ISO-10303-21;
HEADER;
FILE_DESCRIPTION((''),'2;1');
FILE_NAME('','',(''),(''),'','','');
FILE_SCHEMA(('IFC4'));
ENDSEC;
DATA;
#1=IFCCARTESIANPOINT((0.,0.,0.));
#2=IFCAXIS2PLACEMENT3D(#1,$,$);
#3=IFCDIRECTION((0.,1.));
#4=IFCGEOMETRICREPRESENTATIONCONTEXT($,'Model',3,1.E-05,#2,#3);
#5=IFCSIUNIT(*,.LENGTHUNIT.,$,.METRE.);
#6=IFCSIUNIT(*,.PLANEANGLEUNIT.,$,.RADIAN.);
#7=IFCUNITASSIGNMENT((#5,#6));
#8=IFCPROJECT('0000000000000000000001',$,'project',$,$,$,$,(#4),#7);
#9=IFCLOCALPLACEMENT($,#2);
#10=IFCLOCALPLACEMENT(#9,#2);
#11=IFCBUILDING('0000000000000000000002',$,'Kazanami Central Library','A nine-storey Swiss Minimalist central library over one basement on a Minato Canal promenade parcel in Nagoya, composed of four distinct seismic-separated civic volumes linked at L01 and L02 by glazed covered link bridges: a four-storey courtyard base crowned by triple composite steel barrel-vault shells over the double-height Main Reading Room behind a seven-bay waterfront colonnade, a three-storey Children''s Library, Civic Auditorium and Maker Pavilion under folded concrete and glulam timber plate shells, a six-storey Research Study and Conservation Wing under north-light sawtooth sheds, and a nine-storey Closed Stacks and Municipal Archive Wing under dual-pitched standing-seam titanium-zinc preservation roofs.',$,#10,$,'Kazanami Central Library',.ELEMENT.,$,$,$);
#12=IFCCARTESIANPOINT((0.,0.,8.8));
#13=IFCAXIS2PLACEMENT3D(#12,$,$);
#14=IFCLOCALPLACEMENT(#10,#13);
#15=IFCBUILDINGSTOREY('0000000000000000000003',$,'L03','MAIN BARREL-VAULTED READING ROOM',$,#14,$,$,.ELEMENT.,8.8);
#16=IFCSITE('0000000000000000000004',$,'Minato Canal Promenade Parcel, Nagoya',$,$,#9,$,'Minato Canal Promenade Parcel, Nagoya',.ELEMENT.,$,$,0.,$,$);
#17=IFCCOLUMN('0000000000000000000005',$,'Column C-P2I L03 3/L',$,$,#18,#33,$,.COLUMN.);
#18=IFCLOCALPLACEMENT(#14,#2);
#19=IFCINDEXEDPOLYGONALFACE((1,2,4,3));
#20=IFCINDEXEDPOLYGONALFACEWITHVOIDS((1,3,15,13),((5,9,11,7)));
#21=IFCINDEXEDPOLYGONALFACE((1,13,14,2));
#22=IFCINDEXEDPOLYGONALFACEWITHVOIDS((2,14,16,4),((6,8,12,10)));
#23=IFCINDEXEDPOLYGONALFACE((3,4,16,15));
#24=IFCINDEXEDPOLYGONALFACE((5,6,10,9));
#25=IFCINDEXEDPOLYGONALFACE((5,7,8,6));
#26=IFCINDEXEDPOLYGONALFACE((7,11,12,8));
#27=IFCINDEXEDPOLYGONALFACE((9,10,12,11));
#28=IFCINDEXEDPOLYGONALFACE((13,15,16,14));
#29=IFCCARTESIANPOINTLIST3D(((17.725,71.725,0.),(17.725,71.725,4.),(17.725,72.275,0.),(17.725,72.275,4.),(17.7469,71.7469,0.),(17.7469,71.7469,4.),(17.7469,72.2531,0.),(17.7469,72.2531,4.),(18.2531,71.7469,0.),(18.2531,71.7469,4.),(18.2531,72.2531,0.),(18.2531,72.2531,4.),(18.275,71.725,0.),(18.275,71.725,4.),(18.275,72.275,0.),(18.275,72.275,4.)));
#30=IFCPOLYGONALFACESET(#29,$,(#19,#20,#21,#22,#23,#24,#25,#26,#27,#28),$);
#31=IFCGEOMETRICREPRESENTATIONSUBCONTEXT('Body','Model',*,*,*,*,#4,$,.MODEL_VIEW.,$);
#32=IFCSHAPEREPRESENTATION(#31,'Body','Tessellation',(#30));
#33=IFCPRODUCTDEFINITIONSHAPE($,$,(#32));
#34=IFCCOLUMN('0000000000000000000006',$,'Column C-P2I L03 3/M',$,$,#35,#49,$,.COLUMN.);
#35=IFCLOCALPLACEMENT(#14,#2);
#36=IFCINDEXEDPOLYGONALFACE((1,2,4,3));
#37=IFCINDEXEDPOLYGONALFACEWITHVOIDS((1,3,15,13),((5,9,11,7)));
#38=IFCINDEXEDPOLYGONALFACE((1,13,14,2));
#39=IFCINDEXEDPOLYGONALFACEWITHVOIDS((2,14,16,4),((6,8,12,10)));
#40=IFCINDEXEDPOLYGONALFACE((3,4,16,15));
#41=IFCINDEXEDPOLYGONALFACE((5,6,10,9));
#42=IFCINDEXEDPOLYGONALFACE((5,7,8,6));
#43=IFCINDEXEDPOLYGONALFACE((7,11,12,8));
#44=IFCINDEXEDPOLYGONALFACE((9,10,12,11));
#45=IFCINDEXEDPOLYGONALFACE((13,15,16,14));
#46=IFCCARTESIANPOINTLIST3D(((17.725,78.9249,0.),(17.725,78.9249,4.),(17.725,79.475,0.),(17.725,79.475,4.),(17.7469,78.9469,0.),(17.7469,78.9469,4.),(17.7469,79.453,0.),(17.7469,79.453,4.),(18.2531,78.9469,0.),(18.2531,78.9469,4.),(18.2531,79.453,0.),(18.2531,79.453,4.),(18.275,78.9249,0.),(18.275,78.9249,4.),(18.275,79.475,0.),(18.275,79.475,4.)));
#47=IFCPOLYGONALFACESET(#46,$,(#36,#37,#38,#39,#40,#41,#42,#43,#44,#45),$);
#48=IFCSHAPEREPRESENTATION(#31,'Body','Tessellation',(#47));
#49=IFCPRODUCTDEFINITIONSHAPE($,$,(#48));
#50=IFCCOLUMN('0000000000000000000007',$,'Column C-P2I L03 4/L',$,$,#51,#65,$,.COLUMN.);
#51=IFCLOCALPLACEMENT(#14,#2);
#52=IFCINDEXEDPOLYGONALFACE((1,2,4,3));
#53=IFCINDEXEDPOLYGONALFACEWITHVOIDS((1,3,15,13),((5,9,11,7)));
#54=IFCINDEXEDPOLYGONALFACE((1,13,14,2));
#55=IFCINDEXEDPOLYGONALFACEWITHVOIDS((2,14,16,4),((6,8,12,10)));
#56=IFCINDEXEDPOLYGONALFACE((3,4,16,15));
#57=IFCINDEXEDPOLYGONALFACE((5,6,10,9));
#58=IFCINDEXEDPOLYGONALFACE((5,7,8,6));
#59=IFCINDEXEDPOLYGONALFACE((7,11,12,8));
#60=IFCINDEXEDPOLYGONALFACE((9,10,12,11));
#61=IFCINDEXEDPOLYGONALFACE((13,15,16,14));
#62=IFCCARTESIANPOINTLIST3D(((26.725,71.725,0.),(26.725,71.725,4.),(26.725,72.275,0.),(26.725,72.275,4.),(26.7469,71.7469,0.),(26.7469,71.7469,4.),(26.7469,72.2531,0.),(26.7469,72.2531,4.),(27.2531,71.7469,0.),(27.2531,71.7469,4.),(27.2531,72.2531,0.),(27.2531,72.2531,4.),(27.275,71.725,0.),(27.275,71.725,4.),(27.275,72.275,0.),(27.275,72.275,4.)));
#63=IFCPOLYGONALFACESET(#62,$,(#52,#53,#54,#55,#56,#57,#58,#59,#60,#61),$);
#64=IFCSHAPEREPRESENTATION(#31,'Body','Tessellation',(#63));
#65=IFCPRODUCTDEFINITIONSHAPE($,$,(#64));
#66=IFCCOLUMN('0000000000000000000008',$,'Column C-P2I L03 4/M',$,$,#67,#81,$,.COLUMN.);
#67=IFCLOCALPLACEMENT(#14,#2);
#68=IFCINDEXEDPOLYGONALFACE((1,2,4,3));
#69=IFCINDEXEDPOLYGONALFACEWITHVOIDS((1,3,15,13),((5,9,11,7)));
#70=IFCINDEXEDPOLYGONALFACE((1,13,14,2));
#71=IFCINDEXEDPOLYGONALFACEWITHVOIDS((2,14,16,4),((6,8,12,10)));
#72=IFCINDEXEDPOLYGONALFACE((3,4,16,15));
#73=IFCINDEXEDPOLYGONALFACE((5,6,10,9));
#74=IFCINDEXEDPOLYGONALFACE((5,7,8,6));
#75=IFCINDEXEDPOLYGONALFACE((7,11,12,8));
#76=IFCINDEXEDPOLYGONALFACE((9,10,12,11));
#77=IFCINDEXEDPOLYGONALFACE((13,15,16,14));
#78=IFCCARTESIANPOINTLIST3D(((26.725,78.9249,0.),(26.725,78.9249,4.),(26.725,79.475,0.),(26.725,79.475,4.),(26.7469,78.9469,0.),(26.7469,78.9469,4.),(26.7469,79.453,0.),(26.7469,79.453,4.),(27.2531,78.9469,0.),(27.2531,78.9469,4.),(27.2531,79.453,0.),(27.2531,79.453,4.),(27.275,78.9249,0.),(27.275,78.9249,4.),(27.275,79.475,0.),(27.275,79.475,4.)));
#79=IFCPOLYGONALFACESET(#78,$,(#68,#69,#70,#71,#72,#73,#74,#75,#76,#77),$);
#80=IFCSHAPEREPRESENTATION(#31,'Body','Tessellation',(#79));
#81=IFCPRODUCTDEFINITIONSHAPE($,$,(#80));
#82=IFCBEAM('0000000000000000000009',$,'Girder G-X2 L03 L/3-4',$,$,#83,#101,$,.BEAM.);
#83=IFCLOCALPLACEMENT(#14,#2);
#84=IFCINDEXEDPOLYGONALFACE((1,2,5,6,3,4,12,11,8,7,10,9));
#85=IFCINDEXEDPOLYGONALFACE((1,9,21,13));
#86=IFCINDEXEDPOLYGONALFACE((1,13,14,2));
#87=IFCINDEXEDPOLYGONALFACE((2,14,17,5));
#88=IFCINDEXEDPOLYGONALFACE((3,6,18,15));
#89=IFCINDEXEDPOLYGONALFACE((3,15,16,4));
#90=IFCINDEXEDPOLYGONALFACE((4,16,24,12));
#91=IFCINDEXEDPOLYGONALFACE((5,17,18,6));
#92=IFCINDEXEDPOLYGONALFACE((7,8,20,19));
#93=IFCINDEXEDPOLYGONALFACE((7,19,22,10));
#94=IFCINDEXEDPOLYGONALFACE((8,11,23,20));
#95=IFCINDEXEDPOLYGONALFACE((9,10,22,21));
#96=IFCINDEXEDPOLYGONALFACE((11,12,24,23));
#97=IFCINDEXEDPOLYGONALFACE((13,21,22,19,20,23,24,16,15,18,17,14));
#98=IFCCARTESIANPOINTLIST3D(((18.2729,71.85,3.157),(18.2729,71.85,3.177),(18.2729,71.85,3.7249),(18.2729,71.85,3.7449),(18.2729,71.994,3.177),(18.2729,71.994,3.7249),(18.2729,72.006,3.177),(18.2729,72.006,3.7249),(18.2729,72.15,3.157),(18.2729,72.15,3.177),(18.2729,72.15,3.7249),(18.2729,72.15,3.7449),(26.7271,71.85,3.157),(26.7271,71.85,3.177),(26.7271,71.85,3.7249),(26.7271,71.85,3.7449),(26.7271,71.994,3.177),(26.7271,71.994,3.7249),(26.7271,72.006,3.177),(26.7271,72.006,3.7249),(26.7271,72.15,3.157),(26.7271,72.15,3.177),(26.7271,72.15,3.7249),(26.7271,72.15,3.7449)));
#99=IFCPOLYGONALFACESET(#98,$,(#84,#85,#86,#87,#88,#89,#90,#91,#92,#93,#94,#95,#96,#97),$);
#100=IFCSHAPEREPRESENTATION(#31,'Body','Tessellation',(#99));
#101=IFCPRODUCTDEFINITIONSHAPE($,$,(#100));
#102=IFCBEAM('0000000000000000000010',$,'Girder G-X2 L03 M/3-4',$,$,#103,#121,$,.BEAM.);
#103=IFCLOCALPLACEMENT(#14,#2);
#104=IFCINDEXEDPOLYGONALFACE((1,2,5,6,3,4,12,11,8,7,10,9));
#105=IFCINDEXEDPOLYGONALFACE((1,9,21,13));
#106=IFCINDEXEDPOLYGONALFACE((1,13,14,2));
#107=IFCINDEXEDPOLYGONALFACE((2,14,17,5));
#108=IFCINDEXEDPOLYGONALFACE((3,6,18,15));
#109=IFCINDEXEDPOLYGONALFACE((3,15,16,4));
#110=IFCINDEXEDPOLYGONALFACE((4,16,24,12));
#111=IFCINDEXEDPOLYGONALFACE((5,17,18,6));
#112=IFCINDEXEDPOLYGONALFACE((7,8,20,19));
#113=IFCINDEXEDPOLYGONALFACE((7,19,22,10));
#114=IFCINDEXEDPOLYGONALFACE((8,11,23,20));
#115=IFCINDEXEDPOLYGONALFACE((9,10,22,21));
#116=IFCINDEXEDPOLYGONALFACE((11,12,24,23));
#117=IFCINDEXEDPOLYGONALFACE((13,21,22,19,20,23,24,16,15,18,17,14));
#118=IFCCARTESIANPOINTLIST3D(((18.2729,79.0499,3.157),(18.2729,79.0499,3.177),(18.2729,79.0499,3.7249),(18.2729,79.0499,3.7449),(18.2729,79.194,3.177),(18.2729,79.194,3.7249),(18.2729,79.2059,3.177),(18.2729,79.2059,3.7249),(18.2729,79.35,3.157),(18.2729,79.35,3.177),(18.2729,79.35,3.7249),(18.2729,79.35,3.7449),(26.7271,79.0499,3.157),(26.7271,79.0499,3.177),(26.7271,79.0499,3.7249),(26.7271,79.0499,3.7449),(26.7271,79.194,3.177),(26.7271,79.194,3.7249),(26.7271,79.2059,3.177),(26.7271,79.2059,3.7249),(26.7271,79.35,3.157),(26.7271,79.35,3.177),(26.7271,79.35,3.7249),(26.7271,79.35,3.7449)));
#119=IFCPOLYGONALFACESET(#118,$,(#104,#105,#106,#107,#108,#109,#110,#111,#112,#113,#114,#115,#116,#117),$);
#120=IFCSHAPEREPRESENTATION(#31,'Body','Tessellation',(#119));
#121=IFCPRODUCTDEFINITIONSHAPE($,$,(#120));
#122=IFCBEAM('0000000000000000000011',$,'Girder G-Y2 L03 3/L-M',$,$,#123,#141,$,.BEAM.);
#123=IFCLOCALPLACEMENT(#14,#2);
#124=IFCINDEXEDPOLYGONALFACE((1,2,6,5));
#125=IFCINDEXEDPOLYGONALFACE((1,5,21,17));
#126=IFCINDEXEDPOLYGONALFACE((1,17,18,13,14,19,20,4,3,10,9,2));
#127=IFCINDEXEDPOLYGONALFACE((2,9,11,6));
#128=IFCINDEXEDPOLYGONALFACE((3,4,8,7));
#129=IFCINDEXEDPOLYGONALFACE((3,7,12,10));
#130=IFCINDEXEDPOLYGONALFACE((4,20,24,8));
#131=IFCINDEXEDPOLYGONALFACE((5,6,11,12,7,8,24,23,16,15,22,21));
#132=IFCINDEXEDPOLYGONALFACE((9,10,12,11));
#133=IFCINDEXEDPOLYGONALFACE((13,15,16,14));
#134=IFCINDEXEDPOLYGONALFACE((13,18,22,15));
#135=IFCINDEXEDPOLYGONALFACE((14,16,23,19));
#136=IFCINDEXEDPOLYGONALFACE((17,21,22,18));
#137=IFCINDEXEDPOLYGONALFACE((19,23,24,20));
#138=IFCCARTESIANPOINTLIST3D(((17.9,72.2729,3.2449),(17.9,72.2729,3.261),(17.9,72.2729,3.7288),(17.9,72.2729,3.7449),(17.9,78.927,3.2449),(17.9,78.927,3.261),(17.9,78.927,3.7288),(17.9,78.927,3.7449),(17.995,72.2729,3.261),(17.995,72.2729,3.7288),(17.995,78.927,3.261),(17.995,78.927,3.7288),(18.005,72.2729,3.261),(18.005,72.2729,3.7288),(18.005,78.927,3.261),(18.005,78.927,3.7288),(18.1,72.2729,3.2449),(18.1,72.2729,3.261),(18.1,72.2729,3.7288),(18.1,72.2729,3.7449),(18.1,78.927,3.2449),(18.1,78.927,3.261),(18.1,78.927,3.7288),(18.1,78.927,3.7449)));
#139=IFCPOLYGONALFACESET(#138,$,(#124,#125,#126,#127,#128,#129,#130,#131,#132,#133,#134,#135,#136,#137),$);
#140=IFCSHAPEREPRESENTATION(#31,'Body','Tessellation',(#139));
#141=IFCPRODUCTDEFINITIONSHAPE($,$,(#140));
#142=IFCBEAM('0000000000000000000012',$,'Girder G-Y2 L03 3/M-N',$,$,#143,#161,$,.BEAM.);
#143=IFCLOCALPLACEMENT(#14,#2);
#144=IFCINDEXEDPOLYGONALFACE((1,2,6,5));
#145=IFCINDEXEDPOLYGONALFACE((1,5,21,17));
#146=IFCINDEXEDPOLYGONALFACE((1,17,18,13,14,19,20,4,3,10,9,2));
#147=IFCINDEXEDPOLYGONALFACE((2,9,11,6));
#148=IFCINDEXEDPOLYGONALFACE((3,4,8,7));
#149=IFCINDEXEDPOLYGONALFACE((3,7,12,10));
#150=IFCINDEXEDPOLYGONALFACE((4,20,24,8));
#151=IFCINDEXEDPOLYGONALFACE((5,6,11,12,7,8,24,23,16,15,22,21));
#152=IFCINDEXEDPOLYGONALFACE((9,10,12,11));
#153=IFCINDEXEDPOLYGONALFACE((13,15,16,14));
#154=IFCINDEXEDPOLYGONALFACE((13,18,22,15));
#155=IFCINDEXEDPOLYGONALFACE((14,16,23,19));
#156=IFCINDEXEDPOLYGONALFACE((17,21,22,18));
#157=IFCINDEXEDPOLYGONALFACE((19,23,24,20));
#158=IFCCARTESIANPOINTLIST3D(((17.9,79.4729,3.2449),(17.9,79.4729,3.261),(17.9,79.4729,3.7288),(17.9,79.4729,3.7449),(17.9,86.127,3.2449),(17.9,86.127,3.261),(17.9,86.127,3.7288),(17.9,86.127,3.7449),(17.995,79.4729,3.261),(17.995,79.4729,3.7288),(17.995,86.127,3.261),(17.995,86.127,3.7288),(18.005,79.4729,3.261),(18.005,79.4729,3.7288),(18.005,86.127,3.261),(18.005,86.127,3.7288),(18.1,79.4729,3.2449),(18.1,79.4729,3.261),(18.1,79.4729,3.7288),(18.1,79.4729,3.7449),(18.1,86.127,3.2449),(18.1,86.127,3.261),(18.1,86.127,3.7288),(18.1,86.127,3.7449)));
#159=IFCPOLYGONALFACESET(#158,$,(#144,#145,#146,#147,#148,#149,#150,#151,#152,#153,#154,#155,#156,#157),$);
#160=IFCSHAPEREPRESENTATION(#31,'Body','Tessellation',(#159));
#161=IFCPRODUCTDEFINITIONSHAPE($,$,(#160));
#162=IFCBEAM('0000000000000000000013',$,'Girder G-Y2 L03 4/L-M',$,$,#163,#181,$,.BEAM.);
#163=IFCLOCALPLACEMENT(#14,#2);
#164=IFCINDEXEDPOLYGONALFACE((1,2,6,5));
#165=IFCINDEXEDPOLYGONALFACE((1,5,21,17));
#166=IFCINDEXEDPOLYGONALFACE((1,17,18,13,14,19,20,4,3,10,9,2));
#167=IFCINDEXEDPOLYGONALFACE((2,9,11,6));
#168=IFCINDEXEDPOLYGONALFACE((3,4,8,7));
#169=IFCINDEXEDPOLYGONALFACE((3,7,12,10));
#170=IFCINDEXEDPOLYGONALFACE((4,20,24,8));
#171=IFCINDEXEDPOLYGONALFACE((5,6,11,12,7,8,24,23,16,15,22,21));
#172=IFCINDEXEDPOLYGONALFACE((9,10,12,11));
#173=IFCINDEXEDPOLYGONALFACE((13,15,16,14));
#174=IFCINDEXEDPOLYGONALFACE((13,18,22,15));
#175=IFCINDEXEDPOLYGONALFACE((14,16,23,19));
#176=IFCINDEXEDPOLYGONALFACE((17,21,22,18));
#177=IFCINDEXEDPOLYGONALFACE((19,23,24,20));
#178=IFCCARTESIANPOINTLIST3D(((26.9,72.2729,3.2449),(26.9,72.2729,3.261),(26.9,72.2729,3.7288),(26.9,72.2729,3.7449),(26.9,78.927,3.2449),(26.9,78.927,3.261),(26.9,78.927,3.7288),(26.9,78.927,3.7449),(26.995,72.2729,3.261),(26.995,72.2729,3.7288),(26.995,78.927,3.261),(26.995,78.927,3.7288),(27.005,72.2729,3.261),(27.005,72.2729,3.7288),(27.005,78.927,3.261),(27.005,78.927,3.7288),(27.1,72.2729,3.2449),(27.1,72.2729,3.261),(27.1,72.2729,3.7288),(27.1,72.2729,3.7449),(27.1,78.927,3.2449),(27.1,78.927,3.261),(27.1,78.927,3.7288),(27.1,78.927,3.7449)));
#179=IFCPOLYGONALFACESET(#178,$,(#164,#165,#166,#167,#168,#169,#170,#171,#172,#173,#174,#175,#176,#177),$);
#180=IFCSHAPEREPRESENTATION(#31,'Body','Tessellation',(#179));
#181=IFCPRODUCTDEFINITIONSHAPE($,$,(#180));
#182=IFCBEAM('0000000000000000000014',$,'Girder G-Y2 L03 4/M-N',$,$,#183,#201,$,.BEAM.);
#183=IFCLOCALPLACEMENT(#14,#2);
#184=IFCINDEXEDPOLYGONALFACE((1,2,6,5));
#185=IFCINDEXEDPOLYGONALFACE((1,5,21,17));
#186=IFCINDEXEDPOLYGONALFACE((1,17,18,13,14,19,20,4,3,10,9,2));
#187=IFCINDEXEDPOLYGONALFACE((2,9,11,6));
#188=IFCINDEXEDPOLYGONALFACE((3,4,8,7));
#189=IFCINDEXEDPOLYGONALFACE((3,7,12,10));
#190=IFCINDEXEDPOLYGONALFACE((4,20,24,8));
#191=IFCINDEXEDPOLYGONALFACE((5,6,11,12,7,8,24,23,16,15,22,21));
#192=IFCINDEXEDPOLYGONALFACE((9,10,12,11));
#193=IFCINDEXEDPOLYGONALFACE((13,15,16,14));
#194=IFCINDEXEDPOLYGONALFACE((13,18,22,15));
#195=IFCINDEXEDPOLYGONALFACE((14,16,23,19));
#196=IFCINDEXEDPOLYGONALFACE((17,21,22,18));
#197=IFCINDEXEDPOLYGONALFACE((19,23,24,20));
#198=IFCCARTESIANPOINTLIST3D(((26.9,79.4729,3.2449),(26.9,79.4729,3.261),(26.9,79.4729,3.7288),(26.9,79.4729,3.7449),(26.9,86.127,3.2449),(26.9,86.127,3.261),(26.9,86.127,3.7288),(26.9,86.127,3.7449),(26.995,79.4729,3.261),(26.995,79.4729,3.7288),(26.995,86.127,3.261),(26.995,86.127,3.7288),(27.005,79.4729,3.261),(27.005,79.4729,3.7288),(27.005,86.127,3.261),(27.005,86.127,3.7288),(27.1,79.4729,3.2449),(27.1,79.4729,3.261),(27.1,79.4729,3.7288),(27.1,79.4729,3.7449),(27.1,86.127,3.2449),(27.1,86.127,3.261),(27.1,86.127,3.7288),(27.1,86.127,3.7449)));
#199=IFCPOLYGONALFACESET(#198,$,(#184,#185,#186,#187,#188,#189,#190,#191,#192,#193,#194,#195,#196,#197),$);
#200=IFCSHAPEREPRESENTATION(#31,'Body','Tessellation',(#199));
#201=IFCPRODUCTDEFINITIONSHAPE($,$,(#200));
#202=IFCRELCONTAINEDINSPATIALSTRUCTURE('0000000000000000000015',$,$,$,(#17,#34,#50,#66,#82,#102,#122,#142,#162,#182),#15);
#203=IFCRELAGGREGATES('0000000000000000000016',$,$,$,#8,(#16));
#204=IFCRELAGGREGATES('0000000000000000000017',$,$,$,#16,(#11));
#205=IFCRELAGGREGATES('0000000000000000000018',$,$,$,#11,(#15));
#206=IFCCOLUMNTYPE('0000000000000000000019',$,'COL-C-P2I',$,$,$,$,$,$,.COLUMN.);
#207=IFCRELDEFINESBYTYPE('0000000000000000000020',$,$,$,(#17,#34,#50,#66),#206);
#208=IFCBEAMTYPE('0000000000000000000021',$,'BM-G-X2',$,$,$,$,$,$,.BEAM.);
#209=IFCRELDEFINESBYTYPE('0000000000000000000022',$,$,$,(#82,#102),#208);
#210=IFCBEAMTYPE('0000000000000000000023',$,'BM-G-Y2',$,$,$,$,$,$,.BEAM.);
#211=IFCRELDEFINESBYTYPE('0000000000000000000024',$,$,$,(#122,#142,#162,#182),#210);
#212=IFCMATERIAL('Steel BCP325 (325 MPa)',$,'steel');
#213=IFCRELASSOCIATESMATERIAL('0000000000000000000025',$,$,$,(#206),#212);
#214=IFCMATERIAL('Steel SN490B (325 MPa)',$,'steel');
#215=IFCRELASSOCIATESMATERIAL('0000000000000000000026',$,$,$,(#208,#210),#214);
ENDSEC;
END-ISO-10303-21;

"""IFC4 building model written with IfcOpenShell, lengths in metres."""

from ifc_helpers import new_model, si_unit, direction, frame, origin, origin_2d, place, context, subcontext, project, spatial, hollow_rectangle, i_section, extrude, material, material_profile, profile_set, type_object, element, save


model = new_model("IFC4")

# Units and contexts
model_context = context("Model", 3, precision=1e-05, world=origin(), true_north=direction((0.0, 1.0)))
body_context = subcontext(model_context, "Body", "Model", "MODEL_VIEW")
ifc_project = project(units=[si_unit("LENGTHUNIT", "METRE"), si_unit("PLANEANGLEUNIT", "RADIAN")], contexts=[model_context])

# Site, building, storey
site_placement = place(None, origin())
site = spatial("IfcSite", under=ifc_project, at=site_placement, Name="Minato Canal Promenade Parcel, Nagoya", LongName="Minato Canal Promenade Parcel, Nagoya", CompositionType="ELEMENT", RefElevation=0.0)
building_placement = place(site_placement, origin())
building = spatial("IfcBuilding", under=site, at=building_placement, Name="Kazanami Central Library", Description="A nine-storey Swiss Minimalist central library over one basement on a Minato Canal promenade parcel in Nagoya, composed of four distinct seismic-separated civic volumes linked at L01 and L02 by glazed covered link bridges: a four-storey courtyard base crowned by triple composite steel barrel-vault shells over the double-height Main Reading Room behind a seven-bay waterfront colonnade, a three-storey Children's Library, Civic Auditorium and Maker Pavilion under folded concrete and glulam timber plate shells, a six-storey Research Study and Conservation Wing under north-light sawtooth sheds, and a nine-storey Closed Stacks and Municipal Archive Wing under dual-pitched standing-seam titanium-zinc preservation roofs.", LongName="Kazanami Central Library", CompositionType="ELEMENT")
storey_placement = place(building_placement, frame((0.0, 0.0, 8.8)))
storey = spatial("IfcBuildingStorey", under=building, at=storey_placement, Name="L03", Description="MAIN BARREL-VAULTED READING ROOM", CompositionType="ELEMENT", Elevation=8.8)

# Columns
ifc_material_1 = material(Name="Steel BCP325 (325 MPa)", Category="steel")
ifc_material_profile_1 = material_profile(ifc_material_1, hollow_rectangle(XDim=0.55, YDim=0.55, WallThickness=0.022, at=origin_2d()), Name="BCP-550x550x22")
ifc_profile_set_1 = profile_set([ifc_material_profile_1], Name="Steel BCP325 (325 MPa)")
column_type = type_object("IfcColumnType", Name="COL-C-P2I", PredefinedType="COLUMN", material=ifc_profile_set_1)
for number, where, z_axis, x_axis, name in (
    (1, (18.0, 72.0, 0.0), (0.0, 0.0, 1.0), (1.0, 0.0, 0.0), "Column C-P2I L03 3/L"),
    (2, (18.0, 79.2, 0.0), (0.0, 0.0, 1.0), (1.0, 0.0, 0.0), "Column C-P2I L03 3/M"),
    (3, (27.0, 72.0, 0.0), (0.0, 0.0, 1.0), (1.0, 0.0, 0.0), "Column C-P2I L03 4/L"),
    (4, (27.0, 79.2, 0.0), (0.0, 0.0, 1.0), (1.0, 0.0, 0.0), "Column C-P2I L03 4/M"),
):
    element("IfcColumn", number, at=place(storey_placement, frame(where, z_axis=z_axis, x_axis=x_axis)), inside=storey, type_object=column_type, Name=name, PredefinedType="COLUMN", context=body_context, shape_type="SweptSolid", body=[
        extrude(hollow_rectangle(XDim=0.55, YDim=0.55, WallThickness=0.022, at=origin_2d()), origin(), (0.0, 0.0, 1.0), 4.0),
    ])

# Beams
ifc_material_2 = material(Name="Steel SN490B (325 MPa)", Category="steel")
ifc_material_profile_2 = material_profile(ifc_material_2, i_section(OverallWidth=0.3, OverallDepth=0.5879, WebThickness=0.012, FlangeThickness=0.02, at=origin_2d()), Name="H-588x300x12x20")
ifc_profile_set_2 = profile_set([ifc_material_profile_2], Name="Steel SN490B (325 MPa)")
beam_type_1 = type_object("IfcBeamType", Name="BM-G-X2", PredefinedType="BEAM", material=ifc_profile_set_2)
for number, where, z_axis, x_axis, name in (
    (5, (18.2729, 72.0, 3.4509), (1.0, 0.0, 0.0), (0.0, 1.0, 0.0), "Girder G-X2 L03 L/3-4"),
    (6, (18.2729, 79.2, 3.4509), (1.0, 0.0, 0.0), (0.0, 1.0, 0.0), "Girder G-X2 L03 M/3-4"),
):
    element("IfcBeam", number, at=place(storey_placement, frame(where, z_axis=z_axis, x_axis=x_axis)), inside=storey, type_object=beam_type_1, Name=name, PredefinedType="BEAM", context=body_context, shape_type="SweptSolid", body=[
        extrude(i_section(OverallWidth=0.3, OverallDepth=0.5879, WebThickness=0.012, FlangeThickness=0.02, at=origin_2d()), origin(), (0.0, 0.0, 1.0), 8.4541),
    ])
ifc_material_profile_3 = material_profile(ifc_material_2, i_section(OverallWidth=0.2, OverallDepth=0.5, WebThickness=0.01, FlangeThickness=0.0161, at=origin_2d()), Name="H-500x200x10x16")
ifc_profile_set_3 = profile_set([ifc_material_profile_3], Name="Steel SN490B (325 MPa)")
beam_type_2 = type_object("IfcBeamType", Name="BM-G-Y2", PredefinedType="BEAM", material=ifc_profile_set_3)
for number, where, z_axis, x_axis, name in (
    (7, (18.0, 72.2729, 3.4949), (0.0, 1.0, 0.0), (-1.0, 0.0, 0.0), "Girder G-Y2 L03 3/L-M"),
    (8, (18.0, 79.4729, 3.4949), (0.0, 1.0, 0.0), (-1.0, 0.0, 0.0), "Girder G-Y2 L03 3/M-N"),
    (9, (27.0, 72.2729, 3.4949), (0.0, 1.0, 0.0), (-1.0, 0.0, 0.0), "Girder G-Y2 L03 4/L-M"),
    (10, (27.0, 79.4729, 3.4949), (0.0, 1.0, 0.0), (-1.0, 0.0, 0.0), "Girder G-Y2 L03 4/M-N"),
):
    element("IfcBeam", number, at=place(storey_placement, frame(where, z_axis=z_axis, x_axis=x_axis)), inside=storey, type_object=beam_type_2, Name=name, PredefinedType="BEAM", context=body_context, shape_type="SweptSolid", body=[
        extrude(i_section(OverallWidth=0.2, OverallDepth=0.5, WebThickness=0.01, FlangeThickness=0.0161, at=origin_2d()), origin(), (0.0, 0.0, 1.0), 6.6541),
    ])

save(model, "model.ifc")
